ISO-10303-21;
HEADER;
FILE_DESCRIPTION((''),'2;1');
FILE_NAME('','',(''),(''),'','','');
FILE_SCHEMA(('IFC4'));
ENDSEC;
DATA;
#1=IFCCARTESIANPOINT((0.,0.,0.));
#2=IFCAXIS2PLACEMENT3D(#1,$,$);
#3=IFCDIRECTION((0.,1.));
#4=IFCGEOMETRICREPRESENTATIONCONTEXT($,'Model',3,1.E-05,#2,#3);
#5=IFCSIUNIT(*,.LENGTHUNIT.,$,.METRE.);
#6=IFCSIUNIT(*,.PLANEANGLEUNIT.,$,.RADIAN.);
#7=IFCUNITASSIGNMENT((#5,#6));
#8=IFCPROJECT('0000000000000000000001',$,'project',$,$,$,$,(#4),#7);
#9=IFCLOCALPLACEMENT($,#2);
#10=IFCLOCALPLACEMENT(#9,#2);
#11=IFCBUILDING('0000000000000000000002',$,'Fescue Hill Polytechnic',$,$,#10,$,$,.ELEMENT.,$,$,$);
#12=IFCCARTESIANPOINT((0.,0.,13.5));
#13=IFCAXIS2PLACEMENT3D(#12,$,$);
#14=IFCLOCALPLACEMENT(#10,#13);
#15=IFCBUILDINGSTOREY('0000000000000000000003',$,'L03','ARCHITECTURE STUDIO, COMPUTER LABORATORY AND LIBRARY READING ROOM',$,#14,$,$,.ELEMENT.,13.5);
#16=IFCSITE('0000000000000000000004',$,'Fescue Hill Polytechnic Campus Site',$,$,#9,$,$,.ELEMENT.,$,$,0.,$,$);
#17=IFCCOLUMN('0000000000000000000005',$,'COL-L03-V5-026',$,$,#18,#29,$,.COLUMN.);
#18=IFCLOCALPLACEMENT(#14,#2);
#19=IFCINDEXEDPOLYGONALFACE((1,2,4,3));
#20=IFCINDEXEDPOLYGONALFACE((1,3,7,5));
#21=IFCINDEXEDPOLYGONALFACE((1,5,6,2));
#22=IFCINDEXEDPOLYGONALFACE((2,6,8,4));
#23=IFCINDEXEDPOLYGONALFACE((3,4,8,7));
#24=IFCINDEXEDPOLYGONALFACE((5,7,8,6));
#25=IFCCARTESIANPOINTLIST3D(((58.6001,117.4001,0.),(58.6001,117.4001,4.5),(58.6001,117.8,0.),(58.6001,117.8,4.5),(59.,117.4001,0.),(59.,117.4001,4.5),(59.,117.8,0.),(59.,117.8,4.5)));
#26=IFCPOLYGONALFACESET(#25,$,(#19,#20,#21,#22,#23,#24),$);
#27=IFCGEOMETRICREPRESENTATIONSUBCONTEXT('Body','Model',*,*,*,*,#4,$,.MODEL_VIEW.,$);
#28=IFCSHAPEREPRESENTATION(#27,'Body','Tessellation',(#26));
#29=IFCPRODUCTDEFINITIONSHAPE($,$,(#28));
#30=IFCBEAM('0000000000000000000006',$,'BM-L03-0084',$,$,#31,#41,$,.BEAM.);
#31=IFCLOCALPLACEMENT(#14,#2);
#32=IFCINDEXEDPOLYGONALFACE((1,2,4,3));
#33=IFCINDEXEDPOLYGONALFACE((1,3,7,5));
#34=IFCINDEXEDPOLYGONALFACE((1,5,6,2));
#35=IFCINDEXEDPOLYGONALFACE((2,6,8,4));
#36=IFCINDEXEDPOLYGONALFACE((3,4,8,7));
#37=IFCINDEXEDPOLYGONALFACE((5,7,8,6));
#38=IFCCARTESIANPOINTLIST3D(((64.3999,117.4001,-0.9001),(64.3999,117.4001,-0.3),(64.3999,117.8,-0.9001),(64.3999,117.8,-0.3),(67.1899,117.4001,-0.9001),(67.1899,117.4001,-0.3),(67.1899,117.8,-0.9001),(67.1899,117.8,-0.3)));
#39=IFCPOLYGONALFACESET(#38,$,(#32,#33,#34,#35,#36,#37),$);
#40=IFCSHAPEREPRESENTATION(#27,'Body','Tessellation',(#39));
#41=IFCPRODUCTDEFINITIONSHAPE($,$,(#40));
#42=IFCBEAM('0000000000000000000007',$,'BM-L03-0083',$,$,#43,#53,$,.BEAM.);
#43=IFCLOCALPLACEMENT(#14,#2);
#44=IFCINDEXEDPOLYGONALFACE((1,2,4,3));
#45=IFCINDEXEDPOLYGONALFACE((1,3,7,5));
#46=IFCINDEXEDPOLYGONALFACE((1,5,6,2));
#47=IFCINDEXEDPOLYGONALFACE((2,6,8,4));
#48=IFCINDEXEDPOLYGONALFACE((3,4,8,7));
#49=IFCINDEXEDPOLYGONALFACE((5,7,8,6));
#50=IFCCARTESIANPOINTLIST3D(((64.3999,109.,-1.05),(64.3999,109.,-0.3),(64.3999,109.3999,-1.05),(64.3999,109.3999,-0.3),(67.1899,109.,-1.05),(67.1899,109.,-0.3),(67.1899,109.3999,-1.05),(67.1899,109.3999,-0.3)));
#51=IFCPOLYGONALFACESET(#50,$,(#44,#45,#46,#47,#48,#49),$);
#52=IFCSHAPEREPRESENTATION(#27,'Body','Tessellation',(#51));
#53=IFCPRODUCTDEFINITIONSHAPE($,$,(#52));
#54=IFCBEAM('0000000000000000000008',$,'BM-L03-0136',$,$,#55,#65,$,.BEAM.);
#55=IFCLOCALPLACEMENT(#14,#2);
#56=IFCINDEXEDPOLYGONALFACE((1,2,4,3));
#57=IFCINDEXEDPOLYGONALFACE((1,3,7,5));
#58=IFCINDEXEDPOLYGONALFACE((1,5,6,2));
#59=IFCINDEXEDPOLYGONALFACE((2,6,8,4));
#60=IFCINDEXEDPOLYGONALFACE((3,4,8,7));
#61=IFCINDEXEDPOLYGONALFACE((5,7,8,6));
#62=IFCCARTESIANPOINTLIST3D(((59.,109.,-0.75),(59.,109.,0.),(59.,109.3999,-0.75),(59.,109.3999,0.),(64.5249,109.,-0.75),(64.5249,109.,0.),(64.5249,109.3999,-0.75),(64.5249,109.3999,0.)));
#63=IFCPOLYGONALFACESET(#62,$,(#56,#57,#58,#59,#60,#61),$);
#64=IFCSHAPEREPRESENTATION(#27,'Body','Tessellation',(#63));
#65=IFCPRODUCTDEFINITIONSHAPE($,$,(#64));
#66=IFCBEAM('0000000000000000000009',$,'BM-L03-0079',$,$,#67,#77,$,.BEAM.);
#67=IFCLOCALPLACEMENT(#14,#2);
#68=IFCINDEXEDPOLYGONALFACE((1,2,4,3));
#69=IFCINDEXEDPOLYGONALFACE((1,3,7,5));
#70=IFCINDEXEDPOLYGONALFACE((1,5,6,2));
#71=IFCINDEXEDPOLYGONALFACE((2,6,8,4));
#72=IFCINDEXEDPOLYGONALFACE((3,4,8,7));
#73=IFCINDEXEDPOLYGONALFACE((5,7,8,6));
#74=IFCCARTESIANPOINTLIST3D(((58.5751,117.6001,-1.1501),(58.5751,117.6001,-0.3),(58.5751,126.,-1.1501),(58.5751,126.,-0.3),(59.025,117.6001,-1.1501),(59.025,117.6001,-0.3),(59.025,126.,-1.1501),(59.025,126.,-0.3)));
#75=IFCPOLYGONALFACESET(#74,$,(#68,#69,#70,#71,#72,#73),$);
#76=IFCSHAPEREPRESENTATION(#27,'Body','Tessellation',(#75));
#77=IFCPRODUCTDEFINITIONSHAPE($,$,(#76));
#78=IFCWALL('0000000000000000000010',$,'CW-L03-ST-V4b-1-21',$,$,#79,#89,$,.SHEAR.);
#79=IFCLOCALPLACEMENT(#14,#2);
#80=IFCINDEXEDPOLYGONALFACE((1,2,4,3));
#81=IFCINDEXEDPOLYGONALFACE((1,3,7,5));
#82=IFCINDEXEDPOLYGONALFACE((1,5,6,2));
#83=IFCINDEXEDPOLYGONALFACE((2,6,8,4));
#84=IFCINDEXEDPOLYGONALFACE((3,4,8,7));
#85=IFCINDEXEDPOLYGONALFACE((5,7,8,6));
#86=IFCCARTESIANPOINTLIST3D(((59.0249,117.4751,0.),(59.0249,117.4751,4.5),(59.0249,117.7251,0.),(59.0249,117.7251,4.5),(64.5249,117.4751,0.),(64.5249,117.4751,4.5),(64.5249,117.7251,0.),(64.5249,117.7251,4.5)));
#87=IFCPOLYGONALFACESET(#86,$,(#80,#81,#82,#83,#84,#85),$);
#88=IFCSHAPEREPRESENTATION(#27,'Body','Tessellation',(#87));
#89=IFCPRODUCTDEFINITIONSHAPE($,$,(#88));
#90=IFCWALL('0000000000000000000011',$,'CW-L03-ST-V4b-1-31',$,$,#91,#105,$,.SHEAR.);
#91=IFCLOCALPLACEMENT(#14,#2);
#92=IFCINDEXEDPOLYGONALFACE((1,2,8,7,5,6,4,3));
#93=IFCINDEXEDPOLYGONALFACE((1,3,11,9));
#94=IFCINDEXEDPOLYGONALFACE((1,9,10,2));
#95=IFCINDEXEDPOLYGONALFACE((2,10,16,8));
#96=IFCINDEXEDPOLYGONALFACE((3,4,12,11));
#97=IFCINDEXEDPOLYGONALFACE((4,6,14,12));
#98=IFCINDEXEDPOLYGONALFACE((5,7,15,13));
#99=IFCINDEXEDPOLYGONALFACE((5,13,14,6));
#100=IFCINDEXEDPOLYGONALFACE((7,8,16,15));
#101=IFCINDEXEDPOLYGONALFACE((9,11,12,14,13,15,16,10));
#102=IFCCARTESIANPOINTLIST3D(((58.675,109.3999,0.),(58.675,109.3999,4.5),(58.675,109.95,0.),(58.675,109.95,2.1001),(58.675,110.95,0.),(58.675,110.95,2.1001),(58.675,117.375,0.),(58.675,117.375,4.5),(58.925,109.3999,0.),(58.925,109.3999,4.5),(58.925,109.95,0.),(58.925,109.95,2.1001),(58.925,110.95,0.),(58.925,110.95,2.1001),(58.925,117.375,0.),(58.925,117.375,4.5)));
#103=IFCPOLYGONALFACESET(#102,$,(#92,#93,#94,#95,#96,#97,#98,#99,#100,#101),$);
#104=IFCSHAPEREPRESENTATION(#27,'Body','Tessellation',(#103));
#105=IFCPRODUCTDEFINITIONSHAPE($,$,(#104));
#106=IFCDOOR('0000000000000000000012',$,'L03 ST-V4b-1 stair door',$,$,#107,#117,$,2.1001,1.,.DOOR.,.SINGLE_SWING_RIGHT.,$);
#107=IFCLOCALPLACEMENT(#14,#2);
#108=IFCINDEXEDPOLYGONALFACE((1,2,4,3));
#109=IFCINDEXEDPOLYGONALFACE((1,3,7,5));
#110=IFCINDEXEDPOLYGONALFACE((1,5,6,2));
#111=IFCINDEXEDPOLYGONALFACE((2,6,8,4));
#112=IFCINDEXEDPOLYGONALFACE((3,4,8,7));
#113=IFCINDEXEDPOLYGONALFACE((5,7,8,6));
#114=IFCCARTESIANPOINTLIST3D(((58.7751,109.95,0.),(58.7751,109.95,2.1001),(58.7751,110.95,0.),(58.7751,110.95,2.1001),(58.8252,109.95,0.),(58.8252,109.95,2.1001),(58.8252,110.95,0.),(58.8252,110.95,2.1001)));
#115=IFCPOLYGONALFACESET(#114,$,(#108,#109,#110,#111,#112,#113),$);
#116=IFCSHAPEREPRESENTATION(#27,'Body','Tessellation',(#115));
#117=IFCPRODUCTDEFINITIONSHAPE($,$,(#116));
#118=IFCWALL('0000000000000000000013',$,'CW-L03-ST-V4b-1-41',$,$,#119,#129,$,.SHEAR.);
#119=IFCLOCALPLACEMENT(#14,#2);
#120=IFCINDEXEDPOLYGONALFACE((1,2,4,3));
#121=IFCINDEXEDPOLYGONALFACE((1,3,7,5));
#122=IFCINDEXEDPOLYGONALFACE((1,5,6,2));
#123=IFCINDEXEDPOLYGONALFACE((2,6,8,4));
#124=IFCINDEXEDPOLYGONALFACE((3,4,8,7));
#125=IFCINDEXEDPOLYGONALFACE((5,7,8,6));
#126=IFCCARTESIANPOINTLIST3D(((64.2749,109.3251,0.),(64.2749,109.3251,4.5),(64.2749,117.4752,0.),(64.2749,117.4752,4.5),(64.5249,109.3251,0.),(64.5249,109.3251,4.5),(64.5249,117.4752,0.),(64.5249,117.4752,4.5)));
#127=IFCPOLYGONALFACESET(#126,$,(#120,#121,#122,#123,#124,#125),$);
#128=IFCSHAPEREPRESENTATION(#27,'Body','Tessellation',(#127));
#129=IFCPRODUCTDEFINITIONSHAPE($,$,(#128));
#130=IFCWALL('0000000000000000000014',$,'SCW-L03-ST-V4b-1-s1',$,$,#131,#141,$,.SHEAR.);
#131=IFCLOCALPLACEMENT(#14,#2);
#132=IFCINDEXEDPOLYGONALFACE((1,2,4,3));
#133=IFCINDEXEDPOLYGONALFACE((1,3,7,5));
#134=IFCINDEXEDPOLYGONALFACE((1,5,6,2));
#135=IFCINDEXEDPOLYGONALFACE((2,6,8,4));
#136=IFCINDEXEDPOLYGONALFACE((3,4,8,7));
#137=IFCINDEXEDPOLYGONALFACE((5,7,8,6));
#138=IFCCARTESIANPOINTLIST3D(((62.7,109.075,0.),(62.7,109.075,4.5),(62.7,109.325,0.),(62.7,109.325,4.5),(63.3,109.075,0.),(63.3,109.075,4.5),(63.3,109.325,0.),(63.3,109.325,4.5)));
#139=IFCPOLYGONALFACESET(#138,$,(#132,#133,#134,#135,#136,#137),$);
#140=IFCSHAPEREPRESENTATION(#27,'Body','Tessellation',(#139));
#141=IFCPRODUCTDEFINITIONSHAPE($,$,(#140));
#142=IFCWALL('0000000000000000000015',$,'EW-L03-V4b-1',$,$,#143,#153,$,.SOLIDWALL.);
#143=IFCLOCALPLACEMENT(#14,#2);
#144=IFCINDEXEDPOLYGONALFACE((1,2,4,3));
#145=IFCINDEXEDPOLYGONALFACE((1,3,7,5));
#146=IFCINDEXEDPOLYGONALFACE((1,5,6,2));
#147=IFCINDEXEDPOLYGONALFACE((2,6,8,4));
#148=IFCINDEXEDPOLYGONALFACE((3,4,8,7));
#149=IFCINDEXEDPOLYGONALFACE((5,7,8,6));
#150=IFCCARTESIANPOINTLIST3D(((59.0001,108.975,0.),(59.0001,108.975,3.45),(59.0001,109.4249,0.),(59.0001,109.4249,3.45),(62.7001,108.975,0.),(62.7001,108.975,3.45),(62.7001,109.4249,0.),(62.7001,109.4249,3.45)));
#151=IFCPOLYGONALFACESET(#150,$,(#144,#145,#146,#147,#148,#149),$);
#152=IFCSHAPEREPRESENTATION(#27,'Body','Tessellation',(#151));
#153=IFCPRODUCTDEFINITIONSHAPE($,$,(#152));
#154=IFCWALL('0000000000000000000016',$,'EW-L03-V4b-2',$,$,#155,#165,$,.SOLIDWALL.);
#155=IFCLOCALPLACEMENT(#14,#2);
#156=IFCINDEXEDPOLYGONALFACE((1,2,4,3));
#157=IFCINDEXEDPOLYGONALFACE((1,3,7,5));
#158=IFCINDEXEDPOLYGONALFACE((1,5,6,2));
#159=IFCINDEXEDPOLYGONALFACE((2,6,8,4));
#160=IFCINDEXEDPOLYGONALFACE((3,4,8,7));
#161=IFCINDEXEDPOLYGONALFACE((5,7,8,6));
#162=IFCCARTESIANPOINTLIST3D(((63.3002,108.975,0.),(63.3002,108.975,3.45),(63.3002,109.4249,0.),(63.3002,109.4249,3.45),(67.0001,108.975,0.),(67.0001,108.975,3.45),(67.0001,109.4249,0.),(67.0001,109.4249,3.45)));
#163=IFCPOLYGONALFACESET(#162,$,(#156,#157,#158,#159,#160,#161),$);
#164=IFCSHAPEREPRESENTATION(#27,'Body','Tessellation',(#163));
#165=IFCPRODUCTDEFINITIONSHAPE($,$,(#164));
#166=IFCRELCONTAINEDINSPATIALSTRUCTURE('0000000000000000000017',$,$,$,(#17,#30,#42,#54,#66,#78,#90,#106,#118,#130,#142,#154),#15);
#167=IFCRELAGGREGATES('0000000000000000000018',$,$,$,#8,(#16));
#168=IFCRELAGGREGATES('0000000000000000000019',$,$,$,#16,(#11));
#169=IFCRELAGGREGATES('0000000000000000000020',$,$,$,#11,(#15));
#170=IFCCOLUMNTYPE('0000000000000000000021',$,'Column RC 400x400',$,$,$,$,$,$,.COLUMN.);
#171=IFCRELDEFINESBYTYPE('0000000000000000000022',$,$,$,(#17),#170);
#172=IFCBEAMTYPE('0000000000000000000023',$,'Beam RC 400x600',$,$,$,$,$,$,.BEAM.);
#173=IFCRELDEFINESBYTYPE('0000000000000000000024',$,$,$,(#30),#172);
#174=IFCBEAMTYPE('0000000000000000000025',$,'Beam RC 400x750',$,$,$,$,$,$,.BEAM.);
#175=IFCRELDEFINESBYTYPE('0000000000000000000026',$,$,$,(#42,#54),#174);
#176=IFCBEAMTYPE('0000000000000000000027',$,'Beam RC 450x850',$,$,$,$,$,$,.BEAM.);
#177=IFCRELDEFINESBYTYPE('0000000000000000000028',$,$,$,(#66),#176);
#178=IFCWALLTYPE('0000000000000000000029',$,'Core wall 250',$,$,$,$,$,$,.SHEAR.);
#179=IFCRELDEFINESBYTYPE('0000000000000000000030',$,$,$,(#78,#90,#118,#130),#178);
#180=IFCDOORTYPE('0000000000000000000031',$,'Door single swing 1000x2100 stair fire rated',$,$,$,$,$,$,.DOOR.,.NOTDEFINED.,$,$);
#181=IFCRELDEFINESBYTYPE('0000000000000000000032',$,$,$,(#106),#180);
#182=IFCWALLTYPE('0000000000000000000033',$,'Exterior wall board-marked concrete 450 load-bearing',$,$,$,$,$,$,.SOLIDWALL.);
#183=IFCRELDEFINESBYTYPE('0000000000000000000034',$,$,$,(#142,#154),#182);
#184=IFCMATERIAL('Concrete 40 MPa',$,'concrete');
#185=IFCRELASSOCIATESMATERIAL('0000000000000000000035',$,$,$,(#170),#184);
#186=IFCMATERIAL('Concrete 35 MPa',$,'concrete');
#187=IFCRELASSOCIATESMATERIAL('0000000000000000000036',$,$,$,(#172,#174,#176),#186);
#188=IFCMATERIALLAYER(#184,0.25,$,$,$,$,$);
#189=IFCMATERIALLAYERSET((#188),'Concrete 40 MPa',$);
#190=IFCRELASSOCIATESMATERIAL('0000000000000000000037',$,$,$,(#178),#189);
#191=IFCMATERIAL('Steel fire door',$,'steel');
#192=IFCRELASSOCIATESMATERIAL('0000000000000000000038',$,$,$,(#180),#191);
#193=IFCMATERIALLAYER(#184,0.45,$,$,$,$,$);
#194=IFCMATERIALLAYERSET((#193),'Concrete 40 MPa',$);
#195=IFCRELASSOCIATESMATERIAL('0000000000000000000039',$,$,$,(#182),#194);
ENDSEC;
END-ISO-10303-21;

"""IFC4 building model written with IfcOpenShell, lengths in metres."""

from ifc_helpers import new_model, si_unit, direction, frame, frame_2d, origin, origin_2d, place, context, subcontext, project, spatial, rectangle, extrude, material, layer, layer_set, material_profile, profile_set, type_object, element, fill, save


model = new_model("IFC4")

# Units and contexts
model_context = context("Model", 3, precision=1e-05, world=origin(), true_north=direction((0.0, 1.0)))
body_context = subcontext(model_context, "Body", "Model", "MODEL_VIEW")
ifc_project = project(units=[si_unit("LENGTHUNIT", "METRE"), si_unit("PLANEANGLEUNIT", "RADIAN")], contexts=[model_context])

# Site, building, storey
site_placement = place(None, origin())
site = spatial("IfcSite", under=ifc_project, at=site_placement, Name="Fescue Hill Polytechnic Campus Site", CompositionType="ELEMENT", RefElevation=0.0)
building_placement = place(site_placement, origin())
building = spatial("IfcBuilding", under=site, at=building_placement, Name="Fescue Hill Polytechnic", CompositionType="ELEMENT")
storey_placement = place(building_placement, frame((0.0, 0.0, 13.5)))
storey = spatial("IfcBuildingStorey", under=building, at=storey_placement, Name="L03", Description="ARCHITECTURE STUDIO, COMPUTER LABORATORY AND LIBRARY READING ROOM", CompositionType="ELEMENT", Elevation=13.5)

# Column
ifc_material_1 = material(Name="Concrete 40 MPa", Category="concrete")
ifc_material_profile_1 = material_profile(ifc_material_1, rectangle(XDim=0.3999, YDim=0.3999, at=origin_2d()), Name="RC 400x400")
ifc_profile_set_1 = profile_set([ifc_material_profile_1], Name="Concrete 40 MPa")
column_type = type_object("IfcColumnType", Name="Column RC 400x400", PredefinedType="COLUMN", material=ifc_profile_set_1)
column_placement = place(storey_placement, frame((58.8, 117.6001, 0.0), z_axis=(0.0, 0.0, 1.0), x_axis=(1.0, 0.0, 0.0)))
element("IfcColumn", 1, at=column_placement, inside=storey, type_object=column_type, Name="COL-L03-V5-026", PredefinedType="COLUMN", context=body_context, shape_type="SweptSolid", body=[
    extrude(rectangle(XDim=0.3999, YDim=0.3999, at=origin_2d()), origin(), (0.0, 0.0, 1.0), 4.5),
])

# Beams
ifc_material_2 = material(Name="Concrete 35 MPa", Category="concrete")
ifc_material_profile_2 = material_profile(ifc_material_2, rectangle(XDim=0.3999, YDim=0.6001, at=origin_2d()), Name="RC 400x600")
ifc_profile_set_2 = profile_set([ifc_material_profile_2], Name="Concrete 35 MPa")
beam_type_1 = type_object("IfcBeamType", Name="Beam RC 400x600", PredefinedType="BEAM", material=ifc_profile_set_2)
beam_1_placement = place(storey_placement, frame((64.3999, 117.6001, -0.6001), z_axis=(1.0, 0.0, 0.0), x_axis=(0.0, 1.0, 0.0)))
element("IfcBeam", 2, at=beam_1_placement, inside=storey, type_object=beam_type_1, Name="BM-L03-0084", PredefinedType="BEAM", context=body_context, shape_type="SweptSolid", body=[
    extrude(rectangle(XDim=0.3999, YDim=0.6001, at=origin_2d()), origin(), (0.0, 0.0, 1.0), 2.79),
])
ifc_material_profile_3 = material_profile(ifc_material_2, rectangle(XDim=0.3999, YDim=0.75, at=origin_2d()), Name="RC 400x750")
ifc_profile_set_3 = profile_set([ifc_material_profile_3], Name="Concrete 35 MPa")
beam_type_2 = type_object("IfcBeamType", Name="Beam RC 400x750", PredefinedType="BEAM", material=ifc_profile_set_3)
beam_2_placement = place(storey_placement, frame((64.3999, 109.2, -0.675), z_axis=(1.0, 0.0, 0.0), x_axis=(0.0, 1.0, 0.0)))
element("IfcBeam", 3, at=beam_2_placement, inside=storey, type_object=beam_type_2, Name="BM-L03-0083", PredefinedType="BEAM", context=body_context, shape_type="SweptSolid", body=[
    extrude(rectangle(XDim=0.3999, YDim=0.75, at=origin_2d()), origin(), (0.0, 0.0, 1.0), 2.79),
])
beam_3_placement = place(storey_placement, frame((59.0, 109.2, -0.375), z_axis=(1.0, 0.0, 0.0), x_axis=(0.0, 1.0, 0.0)))
element("IfcBeam", 4, at=beam_3_placement, inside=storey, type_object=beam_type_2, Name="BM-L03-0136", PredefinedType="BEAM", context=body_context, shape_type="SweptSolid", body=[
    extrude(rectangle(XDim=0.3999, YDim=0.75, at=origin_2d()), origin(), (0.0, 0.0, 1.0), 5.5249),
])
ifc_material_profile_4 = material_profile(ifc_material_2, rectangle(XDim=0.45, YDim=0.8501, at=origin_2d()), Name="RC 450x850")
ifc_profile_set_4 = profile_set([ifc_material_profile_4], Name="Concrete 35 MPa")
beam_type_3 = type_object("IfcBeamType", Name="Beam RC 450x850", PredefinedType="BEAM", material=ifc_profile_set_4)
beam_4_placement = place(storey_placement, frame((58.8, 117.6001, -0.7251), z_axis=(0.0, 1.0, 0.0), x_axis=(-1.0, 0.0, 0.0)))
element("IfcBeam", 5, at=beam_4_placement, inside=storey, type_object=beam_type_3, Name="BM-L03-0079", PredefinedType="BEAM", context=body_context, shape_type="SweptSolid", body=[
    extrude(rectangle(XDim=0.45, YDim=0.8501, at=origin_2d()), origin(), (0.0, 0.0, 1.0), 8.3999),
])

# Wall
ifc_layer_1 = layer(ifc_material_1, 0.25)
ifc_layer_set_1 = layer_set([ifc_layer_1], Name="Concrete 40 MPa")
wall_type_1 = type_object("IfcWallType", Name="Core wall 250", PredefinedType="SHEAR", material=ifc_layer_set_1)
wall_1_placement = place(storey_placement, frame((59.0249, 117.6001, 0.0), z_axis=(0.0, 0.0, 1.0), x_axis=(1.0, 0.0, 0.0)))
element("IfcWall", 6, at=wall_1_placement, inside=storey, type_object=wall_type_1, Name="CW-L03-ST-V4b-1-21", PredefinedType="SHEAR", context=body_context, shape_type="SweptSolid", body=[
    extrude(rectangle(XDim=5.5, YDim=0.25, at=frame_2d((2.75, 0.0))), origin(), (0.0, 0.0, 1.0), 4.5),
])

# Wall, opening, door
wall_2_placement = place(storey_placement, frame((58.8, 109.3999, 0.0), z_axis=(0.0, 0.0, 1.0), x_axis=(0.0, 1.0, 0.0)))
wall_2 = element("IfcWall", 7, at=wall_2_placement, inside=storey, type_object=wall_type_1, Name="CW-L03-ST-V4b-1-31", PredefinedType="SHEAR", context=body_context, shape_type="SweptSolid", body=[
    extrude(rectangle(XDim=7.9751, YDim=0.25, at=frame_2d((3.9875, 0.0))), origin(), (0.0, 0.0, 1.0), 4.5),
])
opening_1_placement = place(wall_2_placement, frame((0.55, 0.0, 0.0)))
opening_1 = element("IfcOpeningElement", 8, at=opening_1_placement, cuts=wall_2, PredefinedType="OPENING", context=body_context, shape_type="SweptSolid", body=[
    extrude(rectangle(XDim=1.0, YDim=2.1001, at=frame_2d((0.5, 1.05))), frame((0.0, 0.135, 0.0), z_axis=(0.0, -1.0, 0.0), x_axis=(1.0, 0.0, 0.0)), (0.0, 0.0, 1.0), 0.27),
])
ifc_material_3 = material(Name="Steel fire door", Category="steel")
door_type_1 = type_object("IfcDoorType", Name="Door single swing 1000x2100 stair fire rated", OperationType="NOTDEFINED", PredefinedType="DOOR", material=ifc_material_3)
door_1_placement = place(opening_1_placement, origin())
door_1 = element("IfcDoor", 9, at=door_1_placement, inside=storey, type_object=door_type_1, Name="L03 ST-V4b-1 stair door", OperationType="SINGLE_SWING_RIGHT", OverallHeight=2.1001, OverallWidth=1.0, PredefinedType="DOOR", context=body_context, shape_type="SweptSolid", body=[
    extrude(rectangle(XDim=1.0, YDim=2.1001, at=frame_2d((0.5, 1.05))), frame((0.0, 0.0249, 0.0), z_axis=(0.0, -1.0, 0.0), x_axis=(1.0, 0.0, 0.0)), (0.0, 0.0, 1.0), 0.05),
])
fill(opening_1, door_1)

# Walls
wall_3_placement = place(storey_placement, frame((64.3999, 109.325, 0.0), z_axis=(0.0, 0.0, 1.0), x_axis=(0.0, 1.0, 0.0)))
element("IfcWall", 10, at=wall_3_placement, inside=storey, type_object=wall_type_1, Name="CW-L03-ST-V4b-1-41", PredefinedType="SHEAR", context=body_context, shape_type="SweptSolid", body=[
    extrude(rectangle(XDim=8.1501, YDim=0.25, at=frame_2d((4.0752, 0.0))), origin(), (0.0, 0.0, 1.0), 4.5),
])
wall_4_placement = place(storey_placement, frame((62.7, 109.2, 0.0), z_axis=(0.0, 0.0, 1.0), x_axis=(1.0, 0.0, 0.0)))
element("IfcWall", 11, at=wall_4_placement, inside=storey, type_object=wall_type_1, Name="SCW-L03-ST-V4b-1-s1", PredefinedType="SHEAR", context=body_context, shape_type="SweptSolid", body=[
    extrude(rectangle(XDim=0.6001, YDim=0.25, at=frame_2d((0.3, 0.0))), origin(), (0.0, 0.0, 1.0), 4.5),
])
ifc_layer_2 = layer(ifc_material_1, 0.45)
ifc_layer_set_2 = layer_set([ifc_layer_2], Name="Concrete 40 MPa")
wall_type_2 = type_object("IfcWallType", Name="Exterior wall board-marked concrete 450 load-bearing", PredefinedType="SOLIDWALL", material=ifc_layer_set_2)
for number, where, z_axis, x_axis, name in (
    (12, (59.0, 109.2, 0.0), (0.0, 0.0, 1.0), (1.0, 0.0, 0.0), "EW-L03-V4b-1"),
    (13, (63.3, 109.2, 0.0), (0.0, 0.0, 1.0), (1.0, 0.0, 0.0), "EW-L03-V4b-2"),
):
    element("IfcWall", number, at=place(storey_placement, frame(where, z_axis=z_axis, x_axis=x_axis)), inside=storey, type_object=wall_type_2, Name=name, PredefinedType="SOLIDWALL", context=body_context, shape_type="SweptSolid", body=[
        extrude(rectangle(XDim=3.7, YDim=0.45, at=frame_2d((1.8501, 0.0))), origin(), (0.0, 0.0, 1.0), 3.45),
    ])

save(model, "model.ifc")
